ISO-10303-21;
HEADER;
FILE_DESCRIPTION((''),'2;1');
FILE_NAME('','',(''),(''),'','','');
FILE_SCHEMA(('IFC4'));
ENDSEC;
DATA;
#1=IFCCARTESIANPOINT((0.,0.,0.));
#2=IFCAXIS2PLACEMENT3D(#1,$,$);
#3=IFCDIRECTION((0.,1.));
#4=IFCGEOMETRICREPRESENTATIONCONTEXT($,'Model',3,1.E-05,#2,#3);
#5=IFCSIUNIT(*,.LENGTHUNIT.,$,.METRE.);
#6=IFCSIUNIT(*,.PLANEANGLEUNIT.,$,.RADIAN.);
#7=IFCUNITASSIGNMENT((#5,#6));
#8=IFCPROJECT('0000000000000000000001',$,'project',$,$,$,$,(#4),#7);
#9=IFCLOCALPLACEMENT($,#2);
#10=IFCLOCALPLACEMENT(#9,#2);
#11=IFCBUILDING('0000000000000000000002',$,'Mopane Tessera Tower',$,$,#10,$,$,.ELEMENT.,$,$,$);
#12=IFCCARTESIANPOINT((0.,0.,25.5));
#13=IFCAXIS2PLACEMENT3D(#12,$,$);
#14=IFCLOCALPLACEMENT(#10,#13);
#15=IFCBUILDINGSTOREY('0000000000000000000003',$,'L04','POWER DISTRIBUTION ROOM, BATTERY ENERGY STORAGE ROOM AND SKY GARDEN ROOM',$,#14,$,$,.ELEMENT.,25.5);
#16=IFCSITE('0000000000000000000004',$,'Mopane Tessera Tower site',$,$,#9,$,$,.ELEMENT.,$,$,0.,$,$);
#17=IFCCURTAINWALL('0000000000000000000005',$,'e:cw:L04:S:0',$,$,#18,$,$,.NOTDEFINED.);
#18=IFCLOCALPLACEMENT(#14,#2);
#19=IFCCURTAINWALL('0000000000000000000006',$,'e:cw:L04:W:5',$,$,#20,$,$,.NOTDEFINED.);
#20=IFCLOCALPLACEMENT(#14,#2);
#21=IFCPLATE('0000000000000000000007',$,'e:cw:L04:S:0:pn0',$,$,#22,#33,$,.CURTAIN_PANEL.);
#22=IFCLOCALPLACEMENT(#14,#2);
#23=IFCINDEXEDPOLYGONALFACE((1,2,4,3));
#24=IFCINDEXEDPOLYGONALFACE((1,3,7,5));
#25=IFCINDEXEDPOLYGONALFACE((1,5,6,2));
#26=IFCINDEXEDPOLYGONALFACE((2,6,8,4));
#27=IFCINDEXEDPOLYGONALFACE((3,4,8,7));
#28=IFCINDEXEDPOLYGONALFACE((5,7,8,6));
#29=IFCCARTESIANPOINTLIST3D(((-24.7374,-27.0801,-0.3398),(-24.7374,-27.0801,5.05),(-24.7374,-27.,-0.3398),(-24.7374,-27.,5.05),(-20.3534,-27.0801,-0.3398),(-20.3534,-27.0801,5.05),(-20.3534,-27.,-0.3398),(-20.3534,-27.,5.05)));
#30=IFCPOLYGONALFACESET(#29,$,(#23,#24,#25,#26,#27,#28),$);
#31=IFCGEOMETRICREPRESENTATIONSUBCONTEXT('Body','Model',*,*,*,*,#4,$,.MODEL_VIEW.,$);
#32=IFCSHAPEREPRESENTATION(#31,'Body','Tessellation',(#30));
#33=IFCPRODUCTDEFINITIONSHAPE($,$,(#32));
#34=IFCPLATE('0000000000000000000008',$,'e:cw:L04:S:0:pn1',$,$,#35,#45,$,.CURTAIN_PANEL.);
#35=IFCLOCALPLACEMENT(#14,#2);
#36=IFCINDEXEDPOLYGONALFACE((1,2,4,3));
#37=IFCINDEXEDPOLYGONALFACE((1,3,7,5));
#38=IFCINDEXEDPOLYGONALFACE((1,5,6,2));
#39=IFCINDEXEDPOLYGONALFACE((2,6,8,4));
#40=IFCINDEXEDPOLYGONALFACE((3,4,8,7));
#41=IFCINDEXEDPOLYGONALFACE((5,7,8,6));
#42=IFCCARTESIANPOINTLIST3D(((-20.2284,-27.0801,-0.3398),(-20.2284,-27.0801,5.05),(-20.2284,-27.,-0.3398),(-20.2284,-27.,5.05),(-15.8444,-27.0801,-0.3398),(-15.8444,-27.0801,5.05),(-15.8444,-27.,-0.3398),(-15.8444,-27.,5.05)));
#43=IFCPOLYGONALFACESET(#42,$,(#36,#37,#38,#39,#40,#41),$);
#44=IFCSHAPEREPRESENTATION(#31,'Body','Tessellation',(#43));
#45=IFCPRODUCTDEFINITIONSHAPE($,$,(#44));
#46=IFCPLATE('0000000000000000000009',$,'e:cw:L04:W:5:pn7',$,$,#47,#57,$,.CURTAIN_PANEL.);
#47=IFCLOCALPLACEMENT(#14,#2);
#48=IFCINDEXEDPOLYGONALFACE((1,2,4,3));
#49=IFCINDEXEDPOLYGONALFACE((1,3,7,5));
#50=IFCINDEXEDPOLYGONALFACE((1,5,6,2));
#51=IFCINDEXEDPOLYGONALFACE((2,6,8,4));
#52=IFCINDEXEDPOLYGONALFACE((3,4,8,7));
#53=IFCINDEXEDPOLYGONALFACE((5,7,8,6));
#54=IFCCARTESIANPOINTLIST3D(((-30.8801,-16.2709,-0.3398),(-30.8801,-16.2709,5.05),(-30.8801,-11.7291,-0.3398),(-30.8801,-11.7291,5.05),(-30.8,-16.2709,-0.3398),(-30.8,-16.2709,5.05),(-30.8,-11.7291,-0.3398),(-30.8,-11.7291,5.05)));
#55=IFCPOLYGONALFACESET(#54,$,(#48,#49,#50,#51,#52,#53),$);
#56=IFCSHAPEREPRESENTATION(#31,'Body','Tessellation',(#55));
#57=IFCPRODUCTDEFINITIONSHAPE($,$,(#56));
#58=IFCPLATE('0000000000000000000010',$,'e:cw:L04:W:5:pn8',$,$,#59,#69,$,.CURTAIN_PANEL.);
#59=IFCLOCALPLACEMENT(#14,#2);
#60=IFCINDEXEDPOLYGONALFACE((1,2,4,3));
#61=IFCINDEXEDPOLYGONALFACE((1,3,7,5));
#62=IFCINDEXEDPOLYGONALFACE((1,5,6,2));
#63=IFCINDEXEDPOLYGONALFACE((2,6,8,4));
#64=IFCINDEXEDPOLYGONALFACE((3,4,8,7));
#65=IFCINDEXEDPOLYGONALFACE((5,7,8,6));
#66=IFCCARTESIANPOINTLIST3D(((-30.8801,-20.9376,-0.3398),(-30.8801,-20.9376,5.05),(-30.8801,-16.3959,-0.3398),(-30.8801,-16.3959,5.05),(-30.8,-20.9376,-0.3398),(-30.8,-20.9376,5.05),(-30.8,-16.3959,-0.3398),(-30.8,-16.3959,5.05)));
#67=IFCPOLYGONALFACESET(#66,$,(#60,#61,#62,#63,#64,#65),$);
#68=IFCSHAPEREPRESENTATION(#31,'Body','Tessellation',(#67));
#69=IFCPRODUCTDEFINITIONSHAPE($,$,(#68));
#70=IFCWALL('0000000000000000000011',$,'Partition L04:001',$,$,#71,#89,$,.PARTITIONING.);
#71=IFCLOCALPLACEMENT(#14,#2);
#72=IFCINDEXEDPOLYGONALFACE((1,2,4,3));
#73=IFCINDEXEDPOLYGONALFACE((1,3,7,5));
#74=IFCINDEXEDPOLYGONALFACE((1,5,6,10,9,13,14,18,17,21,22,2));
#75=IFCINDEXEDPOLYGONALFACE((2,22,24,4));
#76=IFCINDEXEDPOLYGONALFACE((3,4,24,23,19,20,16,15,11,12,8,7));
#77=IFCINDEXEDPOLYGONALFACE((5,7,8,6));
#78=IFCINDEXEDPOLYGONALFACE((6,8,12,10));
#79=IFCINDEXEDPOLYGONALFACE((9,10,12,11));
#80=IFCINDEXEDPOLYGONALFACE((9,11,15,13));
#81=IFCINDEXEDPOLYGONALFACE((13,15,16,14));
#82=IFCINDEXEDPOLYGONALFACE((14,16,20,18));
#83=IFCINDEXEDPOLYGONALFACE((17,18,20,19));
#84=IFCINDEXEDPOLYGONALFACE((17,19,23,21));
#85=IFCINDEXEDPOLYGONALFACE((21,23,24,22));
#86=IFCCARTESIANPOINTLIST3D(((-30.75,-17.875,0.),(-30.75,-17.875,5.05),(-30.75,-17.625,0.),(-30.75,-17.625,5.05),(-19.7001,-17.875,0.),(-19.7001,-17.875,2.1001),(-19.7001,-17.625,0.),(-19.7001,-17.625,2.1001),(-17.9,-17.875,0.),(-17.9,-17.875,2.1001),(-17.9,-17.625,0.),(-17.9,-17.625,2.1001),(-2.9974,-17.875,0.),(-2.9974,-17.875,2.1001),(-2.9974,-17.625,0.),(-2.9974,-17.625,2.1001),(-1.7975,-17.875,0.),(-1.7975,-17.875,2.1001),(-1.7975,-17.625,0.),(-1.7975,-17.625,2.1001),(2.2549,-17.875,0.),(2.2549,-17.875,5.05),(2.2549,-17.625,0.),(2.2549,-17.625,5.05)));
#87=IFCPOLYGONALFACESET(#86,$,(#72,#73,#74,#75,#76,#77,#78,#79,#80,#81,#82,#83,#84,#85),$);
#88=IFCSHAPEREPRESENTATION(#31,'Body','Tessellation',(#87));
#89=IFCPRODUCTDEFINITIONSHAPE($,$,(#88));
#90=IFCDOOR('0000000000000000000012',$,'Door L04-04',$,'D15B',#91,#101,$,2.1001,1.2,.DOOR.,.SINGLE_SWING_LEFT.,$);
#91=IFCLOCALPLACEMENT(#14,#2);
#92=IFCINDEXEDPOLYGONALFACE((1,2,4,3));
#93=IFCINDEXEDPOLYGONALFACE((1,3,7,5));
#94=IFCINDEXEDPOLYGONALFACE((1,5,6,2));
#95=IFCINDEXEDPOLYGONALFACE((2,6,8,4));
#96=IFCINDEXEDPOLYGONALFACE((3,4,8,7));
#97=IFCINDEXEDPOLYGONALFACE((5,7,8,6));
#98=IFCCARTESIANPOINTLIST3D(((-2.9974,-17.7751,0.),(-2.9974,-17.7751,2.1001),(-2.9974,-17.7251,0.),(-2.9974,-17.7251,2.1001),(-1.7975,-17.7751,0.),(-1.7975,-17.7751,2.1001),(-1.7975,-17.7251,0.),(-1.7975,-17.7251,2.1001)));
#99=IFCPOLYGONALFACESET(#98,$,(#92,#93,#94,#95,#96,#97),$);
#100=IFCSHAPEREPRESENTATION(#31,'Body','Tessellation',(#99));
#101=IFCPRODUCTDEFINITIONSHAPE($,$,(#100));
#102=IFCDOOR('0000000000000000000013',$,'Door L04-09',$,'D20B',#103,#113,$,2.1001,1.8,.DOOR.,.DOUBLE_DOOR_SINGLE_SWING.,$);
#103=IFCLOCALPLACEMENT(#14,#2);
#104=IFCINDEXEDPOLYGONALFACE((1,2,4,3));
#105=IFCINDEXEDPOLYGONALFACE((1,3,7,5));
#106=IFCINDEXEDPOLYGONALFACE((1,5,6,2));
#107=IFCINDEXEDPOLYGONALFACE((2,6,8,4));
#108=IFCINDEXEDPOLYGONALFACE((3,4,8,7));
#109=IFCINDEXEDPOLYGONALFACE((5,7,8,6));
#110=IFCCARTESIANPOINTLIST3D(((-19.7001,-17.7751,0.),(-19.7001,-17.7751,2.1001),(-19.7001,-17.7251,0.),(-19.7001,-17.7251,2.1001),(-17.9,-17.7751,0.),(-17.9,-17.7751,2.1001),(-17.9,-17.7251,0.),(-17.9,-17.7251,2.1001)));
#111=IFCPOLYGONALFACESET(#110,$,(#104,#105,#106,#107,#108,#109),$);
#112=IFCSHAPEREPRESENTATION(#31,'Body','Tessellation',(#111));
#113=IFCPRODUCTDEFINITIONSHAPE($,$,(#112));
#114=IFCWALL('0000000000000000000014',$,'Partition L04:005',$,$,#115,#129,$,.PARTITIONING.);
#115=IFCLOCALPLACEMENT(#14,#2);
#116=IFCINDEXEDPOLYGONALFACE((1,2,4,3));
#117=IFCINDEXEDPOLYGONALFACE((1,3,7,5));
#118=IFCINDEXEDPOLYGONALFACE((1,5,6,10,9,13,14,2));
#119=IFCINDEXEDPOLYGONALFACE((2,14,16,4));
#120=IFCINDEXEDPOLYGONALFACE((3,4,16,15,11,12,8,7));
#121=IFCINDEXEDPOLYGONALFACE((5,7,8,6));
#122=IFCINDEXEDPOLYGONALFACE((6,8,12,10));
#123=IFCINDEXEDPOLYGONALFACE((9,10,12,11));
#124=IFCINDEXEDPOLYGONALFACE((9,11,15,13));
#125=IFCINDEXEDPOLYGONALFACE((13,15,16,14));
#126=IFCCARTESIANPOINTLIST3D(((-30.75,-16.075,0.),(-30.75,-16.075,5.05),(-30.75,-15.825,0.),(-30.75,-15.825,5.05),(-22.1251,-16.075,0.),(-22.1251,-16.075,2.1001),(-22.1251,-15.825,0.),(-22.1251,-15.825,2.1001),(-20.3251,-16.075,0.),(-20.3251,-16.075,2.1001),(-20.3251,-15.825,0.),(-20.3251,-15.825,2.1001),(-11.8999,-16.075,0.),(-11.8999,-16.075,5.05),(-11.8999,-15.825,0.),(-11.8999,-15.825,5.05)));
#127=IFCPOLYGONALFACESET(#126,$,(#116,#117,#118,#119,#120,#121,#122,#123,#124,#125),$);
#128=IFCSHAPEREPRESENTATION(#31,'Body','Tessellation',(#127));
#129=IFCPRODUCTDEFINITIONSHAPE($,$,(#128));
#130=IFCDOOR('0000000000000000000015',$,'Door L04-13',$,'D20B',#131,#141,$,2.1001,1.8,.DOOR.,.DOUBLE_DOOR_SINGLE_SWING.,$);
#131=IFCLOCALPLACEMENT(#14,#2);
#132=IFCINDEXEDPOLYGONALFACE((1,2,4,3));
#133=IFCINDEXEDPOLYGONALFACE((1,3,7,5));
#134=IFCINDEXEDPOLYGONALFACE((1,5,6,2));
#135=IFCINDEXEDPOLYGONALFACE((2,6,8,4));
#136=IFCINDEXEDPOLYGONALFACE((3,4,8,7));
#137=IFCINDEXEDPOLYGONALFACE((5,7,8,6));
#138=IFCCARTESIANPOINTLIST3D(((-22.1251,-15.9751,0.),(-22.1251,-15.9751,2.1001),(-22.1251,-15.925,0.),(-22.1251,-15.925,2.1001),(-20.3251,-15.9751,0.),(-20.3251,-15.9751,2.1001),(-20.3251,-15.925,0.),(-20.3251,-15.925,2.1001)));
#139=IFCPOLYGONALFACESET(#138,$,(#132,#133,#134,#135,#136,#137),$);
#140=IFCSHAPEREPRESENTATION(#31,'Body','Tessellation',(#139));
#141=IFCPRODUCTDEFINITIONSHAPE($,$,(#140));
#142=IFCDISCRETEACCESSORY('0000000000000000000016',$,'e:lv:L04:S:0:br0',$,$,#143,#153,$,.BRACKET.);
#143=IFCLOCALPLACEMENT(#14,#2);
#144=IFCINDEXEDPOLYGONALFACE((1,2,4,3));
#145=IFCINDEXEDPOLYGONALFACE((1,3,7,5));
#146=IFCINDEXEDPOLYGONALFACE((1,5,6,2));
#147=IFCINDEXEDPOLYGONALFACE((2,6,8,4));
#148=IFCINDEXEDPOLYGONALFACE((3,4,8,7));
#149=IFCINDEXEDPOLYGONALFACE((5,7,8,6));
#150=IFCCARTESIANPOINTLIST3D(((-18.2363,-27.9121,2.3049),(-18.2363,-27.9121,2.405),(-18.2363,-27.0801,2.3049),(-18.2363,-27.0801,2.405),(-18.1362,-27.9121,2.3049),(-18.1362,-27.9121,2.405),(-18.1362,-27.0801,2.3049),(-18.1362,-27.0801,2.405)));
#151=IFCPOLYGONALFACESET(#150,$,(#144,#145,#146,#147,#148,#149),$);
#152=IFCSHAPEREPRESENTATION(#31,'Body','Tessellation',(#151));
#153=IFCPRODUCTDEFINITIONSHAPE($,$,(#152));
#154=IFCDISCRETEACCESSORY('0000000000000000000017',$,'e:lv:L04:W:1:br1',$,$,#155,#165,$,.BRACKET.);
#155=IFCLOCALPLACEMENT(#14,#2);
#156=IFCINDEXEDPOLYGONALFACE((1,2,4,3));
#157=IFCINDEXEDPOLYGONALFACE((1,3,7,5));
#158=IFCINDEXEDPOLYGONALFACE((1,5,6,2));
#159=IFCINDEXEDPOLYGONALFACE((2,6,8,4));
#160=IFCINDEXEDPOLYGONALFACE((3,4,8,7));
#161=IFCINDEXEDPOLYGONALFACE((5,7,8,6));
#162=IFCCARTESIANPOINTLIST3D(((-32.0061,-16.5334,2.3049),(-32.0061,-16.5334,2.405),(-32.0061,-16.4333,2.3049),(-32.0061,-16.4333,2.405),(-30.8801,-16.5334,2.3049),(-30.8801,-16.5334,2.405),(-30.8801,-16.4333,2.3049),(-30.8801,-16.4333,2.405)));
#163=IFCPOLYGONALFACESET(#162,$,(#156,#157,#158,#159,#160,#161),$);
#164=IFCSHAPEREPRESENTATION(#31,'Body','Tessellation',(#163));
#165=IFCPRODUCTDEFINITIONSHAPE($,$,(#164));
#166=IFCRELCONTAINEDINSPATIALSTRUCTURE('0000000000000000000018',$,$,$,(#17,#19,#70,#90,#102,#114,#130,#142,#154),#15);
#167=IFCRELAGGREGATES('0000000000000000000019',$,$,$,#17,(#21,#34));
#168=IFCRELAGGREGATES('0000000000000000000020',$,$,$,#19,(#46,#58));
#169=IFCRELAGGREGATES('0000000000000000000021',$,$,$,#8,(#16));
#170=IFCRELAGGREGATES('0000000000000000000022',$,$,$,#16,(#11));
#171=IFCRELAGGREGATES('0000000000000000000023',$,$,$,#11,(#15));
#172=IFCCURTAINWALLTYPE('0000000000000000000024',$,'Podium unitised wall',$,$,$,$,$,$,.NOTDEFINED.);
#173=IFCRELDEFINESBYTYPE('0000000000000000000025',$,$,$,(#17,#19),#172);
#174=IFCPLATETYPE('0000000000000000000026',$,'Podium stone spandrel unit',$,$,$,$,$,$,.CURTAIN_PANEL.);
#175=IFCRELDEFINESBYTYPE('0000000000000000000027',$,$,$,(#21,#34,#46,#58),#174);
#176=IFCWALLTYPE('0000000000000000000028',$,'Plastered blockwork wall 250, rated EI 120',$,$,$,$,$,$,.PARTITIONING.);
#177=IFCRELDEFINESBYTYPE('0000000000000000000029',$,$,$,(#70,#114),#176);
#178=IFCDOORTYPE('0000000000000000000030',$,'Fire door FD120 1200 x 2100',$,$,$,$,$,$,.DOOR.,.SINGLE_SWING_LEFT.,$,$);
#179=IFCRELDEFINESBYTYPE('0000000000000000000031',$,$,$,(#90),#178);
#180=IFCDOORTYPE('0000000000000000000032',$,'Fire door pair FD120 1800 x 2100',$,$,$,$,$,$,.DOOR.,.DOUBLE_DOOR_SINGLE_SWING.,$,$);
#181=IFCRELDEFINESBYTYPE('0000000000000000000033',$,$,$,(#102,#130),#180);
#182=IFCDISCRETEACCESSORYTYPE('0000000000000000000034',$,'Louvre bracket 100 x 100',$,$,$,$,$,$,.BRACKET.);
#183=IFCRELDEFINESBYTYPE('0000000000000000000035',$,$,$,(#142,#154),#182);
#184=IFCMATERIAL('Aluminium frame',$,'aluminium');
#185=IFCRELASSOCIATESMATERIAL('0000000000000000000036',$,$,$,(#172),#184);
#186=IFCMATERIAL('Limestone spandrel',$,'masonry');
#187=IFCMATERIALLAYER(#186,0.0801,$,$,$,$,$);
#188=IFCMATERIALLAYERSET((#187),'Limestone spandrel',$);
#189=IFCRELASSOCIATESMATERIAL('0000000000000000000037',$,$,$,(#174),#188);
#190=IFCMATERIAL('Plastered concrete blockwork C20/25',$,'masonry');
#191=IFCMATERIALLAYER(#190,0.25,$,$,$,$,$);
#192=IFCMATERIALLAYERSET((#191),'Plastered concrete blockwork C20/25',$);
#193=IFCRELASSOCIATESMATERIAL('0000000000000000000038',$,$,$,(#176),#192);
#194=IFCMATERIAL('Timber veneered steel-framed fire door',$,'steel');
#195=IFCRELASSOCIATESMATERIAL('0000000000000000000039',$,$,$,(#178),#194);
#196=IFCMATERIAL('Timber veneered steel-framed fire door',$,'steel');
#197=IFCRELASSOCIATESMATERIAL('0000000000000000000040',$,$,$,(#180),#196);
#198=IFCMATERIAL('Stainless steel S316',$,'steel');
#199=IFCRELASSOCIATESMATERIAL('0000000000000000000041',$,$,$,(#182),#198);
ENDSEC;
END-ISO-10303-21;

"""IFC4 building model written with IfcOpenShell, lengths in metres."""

from ifc_helpers import new_model, si_unit, direction, frame, frame_2d, origin, origin_2d, place, context, subcontext, project, spatial, rectangle, extrude, material, layer, layer_set, type_object, element, fill, aggregate, save


model = new_model("IFC4")

# Units and contexts
model_context = context("Model", 3, precision=1e-05, world=origin(), true_north=direction((0.0, 1.0)))
body_context = subcontext(model_context, "Body", "Model", "MODEL_VIEW")
ifc_project = project(units=[si_unit("LENGTHUNIT", "METRE"), si_unit("PLANEANGLEUNIT", "RADIAN")], contexts=[model_context])

# Site, building, storey
site_placement = place(None, origin())
site = spatial("IfcSite", under=ifc_project, at=site_placement, Name="Mopane Tessera Tower site", CompositionType="ELEMENT", RefElevation=0.0)
building_placement = place(site_placement, origin())
building = spatial("IfcBuilding", under=site, at=building_placement, Name="Mopane Tessera Tower", CompositionType="ELEMENT")
storey_placement = place(building_placement, frame((0.0, 0.0, 25.5)))
storey = spatial("IfcBuildingStorey", under=building, at=storey_placement, Name="L04", Description="POWER DISTRIBUTION ROOM, BATTERY ENERGY STORAGE ROOM AND SKY GARDEN ROOM", CompositionType="ELEMENT", Elevation=25.5)

# Curtain walls
ifc_material_1 = material(Name="Aluminium frame", Category="aluminium")
curtain_wall_type = type_object("IfcCurtainWallType", Name="Podium unitised wall", PredefinedType="NOTDEFINED", material=ifc_material_1)
curtain_wall_1_placement = place(storey_placement, origin())
curtain_wall_1 = element("IfcCurtainWall", 1, at=curtain_wall_1_placement, inside=storey, type_object=curtain_wall_type, Name="e:cw:L04:S:0", PredefinedType="NOTDEFINED")
curtain_wall_2_placement = place(storey_placement, origin())
curtain_wall_2 = element("IfcCurtainWall", 2, at=curtain_wall_2_placement, inside=storey, type_object=curtain_wall_type, Name="e:cw:L04:W:5", PredefinedType="NOTDEFINED")

# Plates
ifc_material_2 = material(Name="Limestone spandrel", Category="masonry")
ifc_layer_1 = layer(ifc_material_2, 0.0801)
ifc_layer_set_1 = layer_set([ifc_layer_1], Name="Limestone spandrel")
plate_type = type_object("IfcPlateType", Name="Podium stone spandrel unit", PredefinedType="CURTAIN_PANEL", material=ifc_layer_set_1)
plate_1_placement = place(storey_placement, frame((-22.5454, -27.04, -0.3398), z_axis=(0.0, 0.0, 1.0), x_axis=(1.0, 0.0, 0.0)))
plate_1 = element("IfcPlate", 3, at=plate_1_placement, type_object=plate_type, Name="e:cw:L04:S:0:pn0", PredefinedType="CURTAIN_PANEL", context=body_context, shape_type="SweptSolid", body=[
    extrude(rectangle(XDim=4.384, YDim=0.0801, at=origin_2d()), origin(), (0.0, 0.0, 1.0), 5.3899),
])
plate_2_placement = place(storey_placement, frame((-18.0364, -27.04, -0.3398), z_axis=(0.0, 0.0, 1.0), x_axis=(1.0, 0.0, 0.0)))
plate_2 = element("IfcPlate", 4, at=plate_2_placement, type_object=plate_type, Name="e:cw:L04:S:0:pn1", PredefinedType="CURTAIN_PANEL", context=body_context, shape_type="SweptSolid", body=[
    extrude(rectangle(XDim=4.384, YDim=0.0801, at=origin_2d()), origin(), (0.0, 0.0, 1.0), 5.3899),
])
aggregate(curtain_wall_1, [plate_1, plate_2])
plate_3_placement = place(storey_placement, frame((-30.8401, -14.0, -0.3398), z_axis=(0.0, 0.0, 1.0), x_axis=(0.0, -1.0, 0.0)))
plate_3 = element("IfcPlate", 5, at=plate_3_placement, type_object=plate_type, Name="e:cw:L04:W:5:pn7", PredefinedType="CURTAIN_PANEL", context=body_context, shape_type="SweptSolid", body=[
    extrude(rectangle(XDim=4.5417, YDim=0.0801, at=origin_2d()), origin(), (0.0, 0.0, 1.0), 5.3899),
])
plate_4_placement = place(storey_placement, frame((-30.8401, -18.6667, -0.3398), z_axis=(0.0, 0.0, 1.0), x_axis=(0.0, -1.0, 0.0)))
plate_4 = element("IfcPlate", 6, at=plate_4_placement, type_object=plate_type, Name="e:cw:L04:W:5:pn8", PredefinedType="CURTAIN_PANEL", context=body_context, shape_type="SweptSolid", body=[
    extrude(rectangle(XDim=4.5417, YDim=0.0801, at=origin_2d()), origin(), (0.0, 0.0, 1.0), 5.3899),
])
aggregate(curtain_wall_2, [plate_3, plate_4])

# Wall, openings, doors
ifc_material_3 = material(Name="Plastered concrete blockwork C20/25", Category="masonry")
ifc_layer_2 = layer(ifc_material_3, 0.25)
ifc_layer_set_2 = layer_set([ifc_layer_2], Name="Plastered concrete blockwork C20/25")
wall_type = type_object("IfcWallType", Name="Plastered blockwork wall 250, rated EI 120", PredefinedType="PARTITIONING", material=ifc_layer_set_2)
wall_1_placement = place(storey_placement, frame((-30.75, -17.75, 0.0), z_axis=(0.0, 0.0, 1.0), x_axis=(1.0, 0.0, 0.0)))
wall_1 = element("IfcWall", 7, at=wall_1_placement, inside=storey, type_object=wall_type, Name="Partition L04:001", PredefinedType="PARTITIONING", context=body_context, shape_type="SweptSolid", body=[
    extrude(rectangle(XDim=33.0049, YDim=0.25, at=frame_2d((16.5024, 0.0))), origin(), (0.0, 0.0, 1.0), 5.05),
])
opening_1_placement = place(wall_1_placement, frame((27.7524, 0.0, 0.0)))
opening_1 = element("IfcOpeningElement", 8, at=opening_1_placement, cuts=wall_1, PredefinedType="OPENING", context=body_context, shape_type="SweptSolid", body=[
    extrude(rectangle(XDim=1.2, YDim=2.1001, at=frame_2d((0.6001, 1.05))), frame((0.0, 0.137, 0.0), z_axis=(0.0, -1.0, 0.0), x_axis=(1.0, 0.0, 0.0)), (0.0, 0.0, 1.0), 0.2739),
])
opening_2_placement = place(wall_1_placement, frame((11.05, 0.0, 0.0)))
opening_2 = element("IfcOpeningElement", 9, at=opening_2_placement, cuts=wall_1, PredefinedType="OPENING", context=body_context, shape_type="SweptSolid", body=[
    extrude(rectangle(XDim=1.8, YDim=2.1001, at=frame_2d((0.8999, 1.05))), frame((0.0, 0.137, 0.0), z_axis=(0.0, -1.0, 0.0), x_axis=(1.0, 0.0, 0.0)), (0.0, 0.0, 1.0), 0.2739),
])
ifc_material_4 = material(Name="Timber veneered steel-framed fire door", Category="steel")
door_type_1 = type_object("IfcDoorType", Name="Fire door FD120 1200 x 2100", OperationType="SINGLE_SWING_LEFT", PredefinedType="DOOR", material=ifc_material_4)
door_1_placement = place(opening_1_placement, origin())
door_1 = element("IfcDoor", 10, at=door_1_placement, inside=storey, type_object=door_type_1, Name="Door L04-04", ObjectType="D15B", OperationType="SINGLE_SWING_LEFT", OverallHeight=2.1001, OverallWidth=1.2, PredefinedType="DOOR", context=body_context, shape_type="SweptSolid", body=[
    extrude(rectangle(XDim=1.2, YDim=2.1001, at=frame_2d((0.6001, 1.05))), frame((0.0, 0.0249, 0.0), z_axis=(0.0, -1.0, 0.0), x_axis=(1.0, 0.0, 0.0)), (0.0, 0.0, 1.0), 0.05),
])
fill(opening_1, door_1)
ifc_material_5 = material(Name="Timber veneered steel-framed fire door", Category="steel")
door_type_2 = type_object("IfcDoorType", Name="Fire door pair FD120 1800 x 2100", OperationType="DOUBLE_DOOR_SINGLE_SWING", PredefinedType="DOOR", material=ifc_material_5)
door_2_placement = place(opening_2_placement, origin())
door_2 = element("IfcDoor", 11, at=door_2_placement, inside=storey, type_object=door_type_2, Name="Door L04-09", ObjectType="D20B", OperationType="DOUBLE_DOOR_SINGLE_SWING", OverallHeight=2.1001, OverallWidth=1.8, PredefinedType="DOOR", context=body_context, shape_type="SweptSolid", body=[
    extrude(rectangle(XDim=1.8, YDim=2.1001, at=frame_2d((0.8999, 1.05))), frame((0.0, 0.0249, 0.0), z_axis=(0.0, -1.0, 0.0), x_axis=(1.0, 0.0, 0.0)), (0.0, 0.0, 1.0), 0.05),
])
fill(opening_2, door_2)

# Wall, opening, door
wall_2_placement = place(storey_placement, frame((-30.75, -15.95, 0.0), z_axis=(0.0, 0.0, 1.0), x_axis=(1.0, 0.0, 0.0)))
wall_2 = element("IfcWall", 12, at=wall_2_placement, inside=storey, type_object=wall_type, Name="Partition L04:005", PredefinedType="PARTITIONING", context=body_context, shape_type="SweptSolid", body=[
    extrude(rectangle(XDim=18.8501, YDim=0.25, at=frame_2d((9.425, 0.0))), origin(), (0.0, 0.0, 1.0), 5.05),
])
opening_3_placement = place(wall_2_placement, frame((8.625, 0.0, 0.0)))
opening_3 = element("IfcOpeningElement", 13, at=opening_3_placement, cuts=wall_2, PredefinedType="OPENING", context=body_context, shape_type="SweptSolid", body=[
    extrude(rectangle(XDim=1.8, YDim=2.1001, at=frame_2d((0.8999, 1.05))), frame((0.0, 0.137, 0.0), z_axis=(0.0, -1.0, 0.0), x_axis=(1.0, 0.0, 0.0)), (0.0, 0.0, 1.0), 0.2739),
])
door_3_placement = place(opening_3_placement, origin())
door_3 = element("IfcDoor", 14, at=door_3_placement, inside=storey, type_object=door_type_2, Name="Door L04-13", ObjectType="D20B", OperationType="DOUBLE_DOOR_SINGLE_SWING", OverallHeight=2.1001, OverallWidth=1.8, PredefinedType="DOOR", context=body_context, shape_type="SweptSolid", body=[
    extrude(rectangle(XDim=1.8, YDim=2.1001, at=frame_2d((0.8999, 1.05))), frame((0.0, 0.0249, 0.0), z_axis=(0.0, -1.0, 0.0), x_axis=(1.0, 0.0, 0.0)), (0.0, 0.0, 1.0), 0.05),
])
fill(opening_3, door_3)

# Discrete accessories
ifc_material_6 = material(Name="Stainless steel S316", Category="steel")
discrete_accessory_type = type_object("IfcDiscreteAccessoryType", Name="Louvre bracket 100 x 100", PredefinedType="BRACKET", material=ifc_material_6)
discrete_accessory_1_placement = place(storey_placement, frame((-18.1863, -27.4961, 2.3049), z_axis=(0.0, 0.0, 1.0), x_axis=(0.0, -1.0, 0.0)))
element("IfcDiscreteAccessory", 15, at=discrete_accessory_1_placement, inside=storey, type_object=discrete_accessory_type, Name="e:lv:L04:S:0:br0", PredefinedType="BRACKET", context=body_context, shape_type="SweptSolid", body=[
    extrude(rectangle(XDim=0.832, YDim=0.1001, at=origin_2d()), origin(), (0.0, 0.0, 1.0), 0.1001),
])
discrete_accessory_2_placement = place(storey_placement, frame((-31.4431, -16.4834, 2.3049), z_axis=(0.0, 0.0, 1.0), x_axis=(-1.0, 0.0, 0.0)))
element("IfcDiscreteAccessory", 16, at=discrete_accessory_2_placement, inside=storey, type_object=discrete_accessory_type, Name="e:lv:L04:W:1:br1", PredefinedType="BRACKET", context=body_context, shape_type="SweptSolid", body=[
    extrude(rectangle(XDim=1.126, YDim=0.1001, at=origin_2d()), origin(), (0.0, 0.0, 1.0), 0.1001),
])

save(model, "model.ifc")
